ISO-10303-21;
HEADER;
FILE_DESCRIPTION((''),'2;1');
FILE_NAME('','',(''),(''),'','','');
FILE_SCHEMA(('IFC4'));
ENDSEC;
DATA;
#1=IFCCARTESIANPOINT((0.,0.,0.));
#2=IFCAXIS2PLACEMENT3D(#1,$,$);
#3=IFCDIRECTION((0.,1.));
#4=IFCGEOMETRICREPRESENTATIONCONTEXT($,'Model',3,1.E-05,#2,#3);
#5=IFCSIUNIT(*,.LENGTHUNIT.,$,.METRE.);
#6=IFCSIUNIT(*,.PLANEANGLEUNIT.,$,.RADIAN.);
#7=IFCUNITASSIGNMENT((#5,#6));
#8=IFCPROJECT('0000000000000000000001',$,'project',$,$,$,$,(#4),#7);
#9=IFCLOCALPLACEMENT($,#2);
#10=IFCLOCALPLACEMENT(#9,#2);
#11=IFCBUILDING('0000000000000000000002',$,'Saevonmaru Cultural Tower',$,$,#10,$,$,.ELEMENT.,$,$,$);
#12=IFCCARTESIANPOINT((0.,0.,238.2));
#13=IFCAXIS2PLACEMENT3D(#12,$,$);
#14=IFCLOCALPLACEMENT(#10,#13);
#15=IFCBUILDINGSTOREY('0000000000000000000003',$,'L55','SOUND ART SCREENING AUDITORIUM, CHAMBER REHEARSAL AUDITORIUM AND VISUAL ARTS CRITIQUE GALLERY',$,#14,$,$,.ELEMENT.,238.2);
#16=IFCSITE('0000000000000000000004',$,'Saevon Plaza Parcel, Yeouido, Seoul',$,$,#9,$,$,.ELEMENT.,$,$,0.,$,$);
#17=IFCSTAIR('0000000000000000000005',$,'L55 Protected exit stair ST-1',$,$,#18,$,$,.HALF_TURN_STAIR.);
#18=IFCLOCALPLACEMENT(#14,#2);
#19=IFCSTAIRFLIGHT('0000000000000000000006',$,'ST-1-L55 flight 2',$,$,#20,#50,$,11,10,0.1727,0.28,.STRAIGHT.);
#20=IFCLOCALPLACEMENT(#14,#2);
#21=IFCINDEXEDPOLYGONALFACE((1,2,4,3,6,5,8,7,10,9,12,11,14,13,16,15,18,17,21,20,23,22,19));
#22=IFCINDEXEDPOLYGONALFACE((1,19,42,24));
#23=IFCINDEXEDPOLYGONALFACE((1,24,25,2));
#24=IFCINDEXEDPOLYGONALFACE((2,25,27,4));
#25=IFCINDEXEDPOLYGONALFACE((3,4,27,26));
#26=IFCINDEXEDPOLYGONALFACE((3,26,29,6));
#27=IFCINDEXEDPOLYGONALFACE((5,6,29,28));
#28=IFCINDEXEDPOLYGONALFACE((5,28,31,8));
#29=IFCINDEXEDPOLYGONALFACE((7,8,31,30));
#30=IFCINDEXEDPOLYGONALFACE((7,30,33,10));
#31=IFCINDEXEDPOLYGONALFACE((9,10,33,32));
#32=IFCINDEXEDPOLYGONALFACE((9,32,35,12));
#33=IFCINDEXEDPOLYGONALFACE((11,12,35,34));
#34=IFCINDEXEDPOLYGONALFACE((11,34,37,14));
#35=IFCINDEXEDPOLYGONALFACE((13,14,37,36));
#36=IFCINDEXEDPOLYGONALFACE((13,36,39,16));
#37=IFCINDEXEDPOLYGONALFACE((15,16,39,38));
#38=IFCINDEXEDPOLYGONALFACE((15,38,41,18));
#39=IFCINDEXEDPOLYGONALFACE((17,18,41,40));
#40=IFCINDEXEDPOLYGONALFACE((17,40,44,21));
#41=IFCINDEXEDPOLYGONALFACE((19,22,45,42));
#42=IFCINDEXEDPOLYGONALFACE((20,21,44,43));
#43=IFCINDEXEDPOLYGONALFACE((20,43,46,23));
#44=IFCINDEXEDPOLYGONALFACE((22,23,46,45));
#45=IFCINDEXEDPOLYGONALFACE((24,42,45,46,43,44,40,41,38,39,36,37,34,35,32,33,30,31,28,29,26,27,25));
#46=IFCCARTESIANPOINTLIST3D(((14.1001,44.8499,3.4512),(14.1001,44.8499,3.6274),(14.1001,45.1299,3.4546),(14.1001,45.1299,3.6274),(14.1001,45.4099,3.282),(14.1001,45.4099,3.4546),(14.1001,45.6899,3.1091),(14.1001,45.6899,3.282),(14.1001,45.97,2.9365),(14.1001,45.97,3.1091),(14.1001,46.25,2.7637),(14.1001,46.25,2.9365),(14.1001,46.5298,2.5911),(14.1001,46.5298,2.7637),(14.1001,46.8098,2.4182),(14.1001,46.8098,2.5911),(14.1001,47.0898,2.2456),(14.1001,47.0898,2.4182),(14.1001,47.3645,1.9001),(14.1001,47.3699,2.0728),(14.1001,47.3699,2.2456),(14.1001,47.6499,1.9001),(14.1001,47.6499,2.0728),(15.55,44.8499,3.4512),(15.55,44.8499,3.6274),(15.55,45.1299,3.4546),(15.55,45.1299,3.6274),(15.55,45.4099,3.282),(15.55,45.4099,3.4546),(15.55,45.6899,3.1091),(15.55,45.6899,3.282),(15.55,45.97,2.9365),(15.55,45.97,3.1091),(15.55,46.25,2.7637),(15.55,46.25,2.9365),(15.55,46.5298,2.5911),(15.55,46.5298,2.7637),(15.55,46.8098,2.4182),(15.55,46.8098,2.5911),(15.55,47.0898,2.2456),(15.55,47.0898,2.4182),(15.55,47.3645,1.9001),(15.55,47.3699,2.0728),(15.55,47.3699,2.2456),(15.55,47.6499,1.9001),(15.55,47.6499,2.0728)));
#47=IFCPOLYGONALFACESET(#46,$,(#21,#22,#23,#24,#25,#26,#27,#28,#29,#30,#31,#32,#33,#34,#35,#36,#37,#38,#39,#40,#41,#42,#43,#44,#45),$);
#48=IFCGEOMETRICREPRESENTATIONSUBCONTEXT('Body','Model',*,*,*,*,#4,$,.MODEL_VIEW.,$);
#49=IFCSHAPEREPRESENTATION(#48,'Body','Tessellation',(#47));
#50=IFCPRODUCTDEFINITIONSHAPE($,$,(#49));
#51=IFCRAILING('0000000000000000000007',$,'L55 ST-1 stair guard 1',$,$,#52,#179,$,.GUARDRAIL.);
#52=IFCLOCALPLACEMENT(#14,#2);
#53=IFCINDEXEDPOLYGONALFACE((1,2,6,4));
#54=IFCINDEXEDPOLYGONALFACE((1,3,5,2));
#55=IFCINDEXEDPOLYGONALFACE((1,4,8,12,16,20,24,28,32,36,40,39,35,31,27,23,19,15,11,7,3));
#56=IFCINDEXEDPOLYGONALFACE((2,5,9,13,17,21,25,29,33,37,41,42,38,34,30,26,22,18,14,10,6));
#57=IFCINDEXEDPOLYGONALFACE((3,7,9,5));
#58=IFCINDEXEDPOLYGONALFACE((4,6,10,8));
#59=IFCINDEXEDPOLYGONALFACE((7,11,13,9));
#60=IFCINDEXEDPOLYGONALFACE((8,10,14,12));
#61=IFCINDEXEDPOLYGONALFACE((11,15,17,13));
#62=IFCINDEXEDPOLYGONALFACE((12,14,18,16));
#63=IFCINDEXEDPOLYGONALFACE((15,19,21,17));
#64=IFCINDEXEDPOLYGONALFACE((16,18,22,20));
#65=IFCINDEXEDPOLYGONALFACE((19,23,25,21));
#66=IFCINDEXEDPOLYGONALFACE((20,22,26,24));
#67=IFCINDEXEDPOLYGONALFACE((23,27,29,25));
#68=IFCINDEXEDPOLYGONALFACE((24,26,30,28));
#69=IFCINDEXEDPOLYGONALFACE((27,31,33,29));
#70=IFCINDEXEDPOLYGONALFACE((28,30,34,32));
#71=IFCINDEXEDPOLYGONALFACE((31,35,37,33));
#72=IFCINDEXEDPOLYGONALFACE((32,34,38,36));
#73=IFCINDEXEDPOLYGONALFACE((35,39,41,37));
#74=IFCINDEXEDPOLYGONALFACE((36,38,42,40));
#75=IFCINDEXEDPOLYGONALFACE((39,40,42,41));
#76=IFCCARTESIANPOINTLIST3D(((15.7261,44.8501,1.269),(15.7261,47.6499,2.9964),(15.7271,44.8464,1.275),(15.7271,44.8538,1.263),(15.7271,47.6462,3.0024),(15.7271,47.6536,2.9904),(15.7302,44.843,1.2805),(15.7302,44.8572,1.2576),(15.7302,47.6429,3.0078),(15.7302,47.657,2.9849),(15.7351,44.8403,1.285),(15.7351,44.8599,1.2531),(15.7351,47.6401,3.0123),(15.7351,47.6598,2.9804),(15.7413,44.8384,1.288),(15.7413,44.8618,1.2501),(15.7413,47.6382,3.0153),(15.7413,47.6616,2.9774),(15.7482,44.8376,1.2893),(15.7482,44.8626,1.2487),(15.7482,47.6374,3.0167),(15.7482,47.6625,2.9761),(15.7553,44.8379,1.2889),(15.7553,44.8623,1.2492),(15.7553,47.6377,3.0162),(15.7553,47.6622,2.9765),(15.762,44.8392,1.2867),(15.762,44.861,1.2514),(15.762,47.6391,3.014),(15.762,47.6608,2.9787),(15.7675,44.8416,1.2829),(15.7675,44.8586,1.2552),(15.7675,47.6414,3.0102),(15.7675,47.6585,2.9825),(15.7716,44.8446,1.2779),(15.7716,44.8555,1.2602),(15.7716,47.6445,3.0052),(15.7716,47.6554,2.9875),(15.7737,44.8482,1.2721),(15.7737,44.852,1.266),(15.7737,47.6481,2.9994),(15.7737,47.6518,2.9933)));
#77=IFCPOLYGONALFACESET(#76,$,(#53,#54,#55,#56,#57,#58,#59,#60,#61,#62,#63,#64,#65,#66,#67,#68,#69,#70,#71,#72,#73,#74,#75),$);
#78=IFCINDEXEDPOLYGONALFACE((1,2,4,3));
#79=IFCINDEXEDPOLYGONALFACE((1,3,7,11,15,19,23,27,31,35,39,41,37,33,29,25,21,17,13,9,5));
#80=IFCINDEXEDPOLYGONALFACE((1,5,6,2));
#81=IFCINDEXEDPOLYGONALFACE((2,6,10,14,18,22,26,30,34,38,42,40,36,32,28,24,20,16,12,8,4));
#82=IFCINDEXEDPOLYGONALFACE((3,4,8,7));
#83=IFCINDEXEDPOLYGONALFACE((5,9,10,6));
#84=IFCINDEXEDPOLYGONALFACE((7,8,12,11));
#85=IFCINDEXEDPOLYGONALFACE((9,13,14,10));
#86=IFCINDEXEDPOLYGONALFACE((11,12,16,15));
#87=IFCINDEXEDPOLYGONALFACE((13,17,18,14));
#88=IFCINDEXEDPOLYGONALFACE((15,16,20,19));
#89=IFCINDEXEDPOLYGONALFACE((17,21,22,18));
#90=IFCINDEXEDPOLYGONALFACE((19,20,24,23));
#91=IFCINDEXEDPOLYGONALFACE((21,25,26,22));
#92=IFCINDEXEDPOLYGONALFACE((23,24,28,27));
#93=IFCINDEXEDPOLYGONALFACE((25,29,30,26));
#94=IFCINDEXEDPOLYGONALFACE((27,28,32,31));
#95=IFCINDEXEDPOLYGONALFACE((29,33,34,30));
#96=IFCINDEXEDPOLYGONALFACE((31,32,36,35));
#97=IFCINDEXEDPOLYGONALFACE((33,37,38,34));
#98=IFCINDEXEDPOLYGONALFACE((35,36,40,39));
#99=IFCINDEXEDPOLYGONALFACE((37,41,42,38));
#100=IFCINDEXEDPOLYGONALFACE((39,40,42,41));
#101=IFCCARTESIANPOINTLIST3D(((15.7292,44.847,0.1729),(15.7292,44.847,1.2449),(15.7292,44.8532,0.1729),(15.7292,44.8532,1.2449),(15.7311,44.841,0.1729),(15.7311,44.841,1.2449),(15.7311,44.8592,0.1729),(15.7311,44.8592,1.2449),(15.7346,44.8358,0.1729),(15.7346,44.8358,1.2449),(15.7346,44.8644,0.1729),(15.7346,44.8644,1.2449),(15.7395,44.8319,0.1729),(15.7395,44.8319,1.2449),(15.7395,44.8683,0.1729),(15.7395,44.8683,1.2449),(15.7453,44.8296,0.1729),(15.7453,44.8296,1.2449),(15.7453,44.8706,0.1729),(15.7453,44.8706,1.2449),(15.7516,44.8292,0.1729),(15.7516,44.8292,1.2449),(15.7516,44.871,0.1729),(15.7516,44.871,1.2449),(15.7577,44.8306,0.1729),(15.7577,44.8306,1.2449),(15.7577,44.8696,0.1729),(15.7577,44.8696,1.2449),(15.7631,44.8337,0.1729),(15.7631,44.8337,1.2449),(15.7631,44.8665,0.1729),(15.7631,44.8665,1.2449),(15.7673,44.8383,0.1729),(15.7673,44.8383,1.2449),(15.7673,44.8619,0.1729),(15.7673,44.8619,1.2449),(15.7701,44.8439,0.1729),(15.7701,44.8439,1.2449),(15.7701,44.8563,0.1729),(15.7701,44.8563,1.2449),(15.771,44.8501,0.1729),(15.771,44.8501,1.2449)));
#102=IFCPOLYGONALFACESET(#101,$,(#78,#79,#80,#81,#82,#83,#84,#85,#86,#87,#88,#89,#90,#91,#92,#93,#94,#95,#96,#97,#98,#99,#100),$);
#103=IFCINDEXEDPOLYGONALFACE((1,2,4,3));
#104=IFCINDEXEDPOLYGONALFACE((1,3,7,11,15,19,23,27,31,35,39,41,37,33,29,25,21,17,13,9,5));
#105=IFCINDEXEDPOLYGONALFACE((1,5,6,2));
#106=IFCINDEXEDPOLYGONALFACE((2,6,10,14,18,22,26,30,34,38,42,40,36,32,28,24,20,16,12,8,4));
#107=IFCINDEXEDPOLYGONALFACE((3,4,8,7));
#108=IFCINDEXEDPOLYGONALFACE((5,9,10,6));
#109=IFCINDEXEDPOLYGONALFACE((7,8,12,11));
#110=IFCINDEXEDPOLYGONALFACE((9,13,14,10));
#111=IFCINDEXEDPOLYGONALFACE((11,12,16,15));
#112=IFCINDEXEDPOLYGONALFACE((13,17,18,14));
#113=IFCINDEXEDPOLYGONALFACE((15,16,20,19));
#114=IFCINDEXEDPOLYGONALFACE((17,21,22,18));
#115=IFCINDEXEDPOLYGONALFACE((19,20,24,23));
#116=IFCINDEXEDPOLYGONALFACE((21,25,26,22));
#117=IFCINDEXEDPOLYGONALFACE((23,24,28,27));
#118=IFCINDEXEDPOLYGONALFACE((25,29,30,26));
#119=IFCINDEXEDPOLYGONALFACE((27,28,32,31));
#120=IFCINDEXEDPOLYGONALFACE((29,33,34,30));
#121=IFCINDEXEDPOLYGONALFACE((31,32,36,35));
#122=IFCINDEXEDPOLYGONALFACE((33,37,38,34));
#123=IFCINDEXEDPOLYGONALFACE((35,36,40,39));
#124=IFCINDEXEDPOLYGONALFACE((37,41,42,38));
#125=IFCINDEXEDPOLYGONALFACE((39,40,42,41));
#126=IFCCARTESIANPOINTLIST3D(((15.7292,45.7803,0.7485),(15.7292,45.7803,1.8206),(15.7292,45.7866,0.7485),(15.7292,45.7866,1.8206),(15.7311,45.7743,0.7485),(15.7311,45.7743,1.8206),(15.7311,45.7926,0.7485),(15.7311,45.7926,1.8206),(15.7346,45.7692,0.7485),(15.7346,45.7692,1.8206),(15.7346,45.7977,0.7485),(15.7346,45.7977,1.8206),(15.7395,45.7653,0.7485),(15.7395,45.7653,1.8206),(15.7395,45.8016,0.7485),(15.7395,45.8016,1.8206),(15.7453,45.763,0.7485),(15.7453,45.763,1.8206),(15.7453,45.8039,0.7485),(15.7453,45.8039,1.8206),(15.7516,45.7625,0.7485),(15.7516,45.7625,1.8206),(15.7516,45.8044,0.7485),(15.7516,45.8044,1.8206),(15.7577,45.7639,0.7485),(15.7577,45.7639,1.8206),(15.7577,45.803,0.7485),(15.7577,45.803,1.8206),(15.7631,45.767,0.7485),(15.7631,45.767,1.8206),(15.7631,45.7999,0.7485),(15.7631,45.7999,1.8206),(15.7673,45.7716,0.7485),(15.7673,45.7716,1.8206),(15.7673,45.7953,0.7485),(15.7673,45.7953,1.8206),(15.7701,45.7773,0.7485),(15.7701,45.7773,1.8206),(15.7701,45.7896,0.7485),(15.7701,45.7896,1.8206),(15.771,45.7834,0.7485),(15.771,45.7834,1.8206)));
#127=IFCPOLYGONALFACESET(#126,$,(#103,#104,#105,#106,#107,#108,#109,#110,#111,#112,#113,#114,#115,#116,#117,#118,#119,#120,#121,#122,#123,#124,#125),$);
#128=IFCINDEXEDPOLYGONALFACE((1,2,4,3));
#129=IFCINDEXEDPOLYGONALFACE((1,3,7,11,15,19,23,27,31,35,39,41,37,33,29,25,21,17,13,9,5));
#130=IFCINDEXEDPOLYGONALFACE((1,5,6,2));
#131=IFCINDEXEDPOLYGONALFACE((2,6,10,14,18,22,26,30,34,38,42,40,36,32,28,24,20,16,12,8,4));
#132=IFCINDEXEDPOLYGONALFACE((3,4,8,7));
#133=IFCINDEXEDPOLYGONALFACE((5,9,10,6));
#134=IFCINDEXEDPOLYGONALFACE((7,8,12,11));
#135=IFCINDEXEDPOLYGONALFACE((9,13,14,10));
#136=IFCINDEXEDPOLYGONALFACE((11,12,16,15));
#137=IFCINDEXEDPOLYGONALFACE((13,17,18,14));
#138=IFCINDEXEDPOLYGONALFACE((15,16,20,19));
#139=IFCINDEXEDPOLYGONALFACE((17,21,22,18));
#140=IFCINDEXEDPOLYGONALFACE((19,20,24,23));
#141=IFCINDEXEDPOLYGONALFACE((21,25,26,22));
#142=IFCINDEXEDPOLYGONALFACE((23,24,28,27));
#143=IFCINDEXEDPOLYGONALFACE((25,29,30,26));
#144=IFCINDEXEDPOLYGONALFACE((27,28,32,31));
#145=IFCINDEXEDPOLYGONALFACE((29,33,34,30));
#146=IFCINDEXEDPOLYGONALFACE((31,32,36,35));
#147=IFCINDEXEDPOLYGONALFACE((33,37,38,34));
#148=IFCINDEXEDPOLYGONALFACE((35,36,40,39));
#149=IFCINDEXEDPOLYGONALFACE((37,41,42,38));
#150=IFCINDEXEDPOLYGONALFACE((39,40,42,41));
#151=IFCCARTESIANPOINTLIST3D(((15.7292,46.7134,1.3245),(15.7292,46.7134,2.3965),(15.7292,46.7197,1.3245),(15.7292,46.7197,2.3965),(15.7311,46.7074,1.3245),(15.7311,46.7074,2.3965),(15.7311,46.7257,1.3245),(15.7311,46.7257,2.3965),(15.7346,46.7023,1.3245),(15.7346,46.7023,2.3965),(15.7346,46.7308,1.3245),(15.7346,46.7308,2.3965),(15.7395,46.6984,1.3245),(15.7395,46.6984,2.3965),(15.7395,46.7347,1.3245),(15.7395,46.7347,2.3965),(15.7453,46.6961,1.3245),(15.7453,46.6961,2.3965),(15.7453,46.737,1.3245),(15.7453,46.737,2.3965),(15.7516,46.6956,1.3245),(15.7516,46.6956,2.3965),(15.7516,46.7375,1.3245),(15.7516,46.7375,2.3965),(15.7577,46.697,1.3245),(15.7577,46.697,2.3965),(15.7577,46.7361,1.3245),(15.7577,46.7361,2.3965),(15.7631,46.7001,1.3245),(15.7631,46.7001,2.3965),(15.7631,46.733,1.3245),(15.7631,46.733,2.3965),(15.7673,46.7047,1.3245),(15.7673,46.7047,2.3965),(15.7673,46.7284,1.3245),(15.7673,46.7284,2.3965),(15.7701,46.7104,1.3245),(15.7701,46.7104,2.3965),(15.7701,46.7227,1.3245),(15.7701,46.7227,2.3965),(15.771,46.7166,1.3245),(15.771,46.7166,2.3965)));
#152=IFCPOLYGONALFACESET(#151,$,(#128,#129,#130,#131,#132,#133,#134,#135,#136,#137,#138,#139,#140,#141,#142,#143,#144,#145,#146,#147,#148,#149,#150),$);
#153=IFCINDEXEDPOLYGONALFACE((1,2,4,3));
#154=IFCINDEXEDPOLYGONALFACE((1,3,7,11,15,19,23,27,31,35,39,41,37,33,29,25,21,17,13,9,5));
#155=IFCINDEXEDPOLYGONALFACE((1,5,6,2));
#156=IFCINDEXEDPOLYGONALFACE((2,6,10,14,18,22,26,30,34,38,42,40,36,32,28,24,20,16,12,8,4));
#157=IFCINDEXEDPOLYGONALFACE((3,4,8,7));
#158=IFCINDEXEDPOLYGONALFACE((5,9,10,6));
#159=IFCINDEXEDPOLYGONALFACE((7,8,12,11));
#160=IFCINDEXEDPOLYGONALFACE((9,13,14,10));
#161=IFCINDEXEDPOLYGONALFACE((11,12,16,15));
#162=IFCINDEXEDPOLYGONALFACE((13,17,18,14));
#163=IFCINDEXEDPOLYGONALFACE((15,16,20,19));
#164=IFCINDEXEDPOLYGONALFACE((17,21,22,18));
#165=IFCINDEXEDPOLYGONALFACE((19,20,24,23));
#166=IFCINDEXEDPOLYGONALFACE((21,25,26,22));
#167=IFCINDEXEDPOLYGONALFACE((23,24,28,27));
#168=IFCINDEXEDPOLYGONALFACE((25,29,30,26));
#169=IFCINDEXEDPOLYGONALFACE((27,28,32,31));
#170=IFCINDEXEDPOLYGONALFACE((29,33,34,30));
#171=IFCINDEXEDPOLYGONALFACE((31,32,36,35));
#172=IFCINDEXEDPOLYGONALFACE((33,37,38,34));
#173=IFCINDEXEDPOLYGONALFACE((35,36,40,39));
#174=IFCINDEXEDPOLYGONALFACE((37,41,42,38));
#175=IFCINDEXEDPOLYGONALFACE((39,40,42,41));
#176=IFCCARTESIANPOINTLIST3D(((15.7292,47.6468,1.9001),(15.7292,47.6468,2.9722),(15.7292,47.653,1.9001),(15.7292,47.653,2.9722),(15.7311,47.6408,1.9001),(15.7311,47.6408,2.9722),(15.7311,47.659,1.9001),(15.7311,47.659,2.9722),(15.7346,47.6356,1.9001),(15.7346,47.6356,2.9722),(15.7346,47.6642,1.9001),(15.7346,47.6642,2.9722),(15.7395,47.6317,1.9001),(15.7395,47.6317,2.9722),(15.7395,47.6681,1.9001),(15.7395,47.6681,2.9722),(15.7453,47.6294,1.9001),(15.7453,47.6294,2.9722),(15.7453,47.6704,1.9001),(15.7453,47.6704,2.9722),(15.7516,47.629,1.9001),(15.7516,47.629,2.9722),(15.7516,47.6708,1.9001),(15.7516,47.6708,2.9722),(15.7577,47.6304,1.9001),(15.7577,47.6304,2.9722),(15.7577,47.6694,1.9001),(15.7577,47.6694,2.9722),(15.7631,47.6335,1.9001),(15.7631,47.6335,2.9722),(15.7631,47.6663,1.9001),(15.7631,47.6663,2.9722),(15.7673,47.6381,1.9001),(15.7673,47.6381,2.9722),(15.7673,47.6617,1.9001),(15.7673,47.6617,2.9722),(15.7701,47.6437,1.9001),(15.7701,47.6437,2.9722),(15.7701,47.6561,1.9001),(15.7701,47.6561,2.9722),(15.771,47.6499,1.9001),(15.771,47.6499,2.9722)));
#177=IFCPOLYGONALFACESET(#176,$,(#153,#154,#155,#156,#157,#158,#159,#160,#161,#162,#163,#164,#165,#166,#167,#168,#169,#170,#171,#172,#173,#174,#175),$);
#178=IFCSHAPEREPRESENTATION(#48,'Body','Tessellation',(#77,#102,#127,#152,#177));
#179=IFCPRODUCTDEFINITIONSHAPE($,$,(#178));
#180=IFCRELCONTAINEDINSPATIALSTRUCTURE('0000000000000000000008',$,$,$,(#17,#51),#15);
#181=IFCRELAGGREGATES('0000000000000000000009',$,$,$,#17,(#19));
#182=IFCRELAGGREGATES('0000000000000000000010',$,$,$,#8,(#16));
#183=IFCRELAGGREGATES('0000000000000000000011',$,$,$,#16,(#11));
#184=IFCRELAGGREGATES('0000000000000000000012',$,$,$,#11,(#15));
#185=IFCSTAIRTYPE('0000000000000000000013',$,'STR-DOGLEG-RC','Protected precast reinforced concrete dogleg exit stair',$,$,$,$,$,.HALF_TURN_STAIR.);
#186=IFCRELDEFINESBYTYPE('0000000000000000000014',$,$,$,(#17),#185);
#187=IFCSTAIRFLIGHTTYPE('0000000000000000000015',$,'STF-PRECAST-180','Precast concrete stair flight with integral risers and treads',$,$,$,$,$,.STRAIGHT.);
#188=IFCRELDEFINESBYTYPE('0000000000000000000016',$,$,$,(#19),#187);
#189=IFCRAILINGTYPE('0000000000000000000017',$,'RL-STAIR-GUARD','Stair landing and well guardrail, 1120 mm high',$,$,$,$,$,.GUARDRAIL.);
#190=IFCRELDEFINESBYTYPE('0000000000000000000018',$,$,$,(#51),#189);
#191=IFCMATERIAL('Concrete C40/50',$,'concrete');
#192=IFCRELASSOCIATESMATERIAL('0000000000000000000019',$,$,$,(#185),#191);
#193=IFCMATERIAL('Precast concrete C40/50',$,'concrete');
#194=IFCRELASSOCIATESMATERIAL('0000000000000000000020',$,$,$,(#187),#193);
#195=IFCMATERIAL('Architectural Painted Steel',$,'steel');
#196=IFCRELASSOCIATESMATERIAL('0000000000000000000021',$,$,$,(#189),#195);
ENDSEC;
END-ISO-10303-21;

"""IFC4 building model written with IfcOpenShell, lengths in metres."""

from ifc_helpers import new_model, si_unit, direction, frame, origin, origin_2d, place, context, subcontext, project, spatial, polyline, circle, outline, extrude, material, type_object, element, aggregate, save


model = new_model("IFC4")

# Units and contexts
model_context = context("Model", 3, precision=1e-05, world=origin(), true_north=direction((0.0, 1.0)))
body_context = subcontext(model_context, "Body", "Model", "MODEL_VIEW")
ifc_project = project(units=[si_unit("LENGTHUNIT", "METRE"), si_unit("PLANEANGLEUNIT", "RADIAN")], contexts=[model_context])

# Site, building, storey
site_placement = place(None, origin())
site = spatial("IfcSite", under=ifc_project, at=site_placement, Name="Saevon Plaza Parcel, Yeouido, Seoul", CompositionType="ELEMENT", RefElevation=0.0)
building_placement = place(site_placement, origin())
building = spatial("IfcBuilding", under=site, at=building_placement, Name="Saevonmaru Cultural Tower", CompositionType="ELEMENT")
storey_placement = place(building_placement, frame((0.0, 0.0, 238.2)))
storey = spatial("IfcBuildingStorey", under=building, at=storey_placement, Name="L55", Description="SOUND ART SCREENING AUDITORIUM, CHAMBER REHEARSAL AUDITORIUM AND VISUAL ARTS CRITIQUE GALLERY", CompositionType="ELEMENT", Elevation=238.2)

# Shared definitions
ifc_material_1 = material(Name="Concrete C40/50", Category="concrete")

# Stair, stair flight
stair_type = type_object("IfcStairType", Name="STR-DOGLEG-RC", Description="Protected precast reinforced concrete dogleg exit stair", PredefinedType="HALF_TURN_STAIR", material=ifc_material_1)
stair_placement = place(storey_placement, origin())
stair = element("IfcStair", 1, at=stair_placement, inside=storey, type_object=stair_type, Name="L55 Protected exit stair ST-1", PredefinedType="HALF_TURN_STAIR")
ifc_material_2 = material(Name="Precast concrete C40/50", Category="concrete")
stair_flight_type = type_object("IfcStairFlightType", Name="STF-PRECAST-180", Description="Precast concrete stair flight with integral risers and treads", PredefinedType="STRAIGHT", material=ifc_material_2)
stair_flight_1_placement = place(storey_placement, frame((14.825, 47.6499, 1.9001), z_axis=(0.0, 0.0, 1.0), x_axis=(0.0, -1.0, 0.0)))
stair_flight_1 = element("IfcStairFlight", 2, at=stair_flight_1_placement, type_object=stair_flight_type, Name="ST-1-L55 flight 2", NumberOfRisers=11, NumberOfTreads=10, PredefinedType="STRAIGHT", RiserHeight=0.1727, TreadLength=0.28, context=body_context, shape_type="SweptSolid", body=[
    extrude(outline(polyline([(0.0, 0.0), (0.0, 0.1726), (0.28, 0.1726), (0.28, 0.3455), (0.5601, 0.3455), (0.5601, 0.5181), (0.8401, 0.5181), (0.8401, 0.6909), (1.1201, 0.6909), (1.1201, 0.8635), (1.3999, 0.8635), (1.3999, 1.0364), (1.6799, 1.0364), (1.6799, 1.209), (1.96, 1.209), (1.96, 1.3818), (2.24, 1.3818), (2.24, 1.5544), (2.52, 1.5544), (2.52, 1.7273), (2.8, 1.7273), (2.8, 1.8999), (2.8, 1.551), (0.2854, 0.0), (0.0, 0.0)])), frame((0.0, 0.7251, 0.0), z_axis=(0.0, -1.0, 0.0), x_axis=(1.0, 0.0, 0.0)), (0.0, 0.0, 1.0), 1.45),
])
aggregate(stair, [stair_flight_1])

# Railing
ifc_material_3 = material(Name="Architectural Painted Steel", Category="steel")
railing_type_1 = type_object("IfcRailingType", Name="RL-STAIR-GUARD", Description="Stair landing and well guardrail, 1120 mm high", PredefinedType="GUARDRAIL", material=ifc_material_3)
railing_1_placement = place(storey_placement, frame((15.75, 44.8501, 0.1729)))
element("IfcRailing", 3, at=railing_1_placement, inside=storey, type_object=railing_type_1, Name="L55 ST-1 stair guard 1", PredefinedType="GUARDRAIL", context=body_context, shape_type="SweptSolid", body=[
    extrude(circle(Radius=0.0239, at=origin_2d()), frame((0.0, 0.0, 1.0962), z_axis=(0.0, 0.851069, 0.525054), x_axis=(-1.0, 0.0, 0.0)), (0.0, 0.0, 1.0), 3.2898),
    extrude(circle(Radius=0.021, at=origin_2d()), origin(), (0.0, 0.0, 1.0), 1.072),
    extrude(circle(Radius=0.021, at=origin_2d()), frame((0.0, 0.9333, 0.5757)), (0.0, 0.0, 1.0), 1.072),
    extrude(circle(Radius=0.021, at=origin_2d()), frame((0.0, 1.8665, 1.1516)), (0.0, 0.0, 1.0), 1.072),
    extrude(circle(Radius=0.021, at=origin_2d()), frame((0.0, 2.7998, 1.7273)), (0.0, 0.0, 1.0), 1.072),
])

save(model, "model.ifc")
